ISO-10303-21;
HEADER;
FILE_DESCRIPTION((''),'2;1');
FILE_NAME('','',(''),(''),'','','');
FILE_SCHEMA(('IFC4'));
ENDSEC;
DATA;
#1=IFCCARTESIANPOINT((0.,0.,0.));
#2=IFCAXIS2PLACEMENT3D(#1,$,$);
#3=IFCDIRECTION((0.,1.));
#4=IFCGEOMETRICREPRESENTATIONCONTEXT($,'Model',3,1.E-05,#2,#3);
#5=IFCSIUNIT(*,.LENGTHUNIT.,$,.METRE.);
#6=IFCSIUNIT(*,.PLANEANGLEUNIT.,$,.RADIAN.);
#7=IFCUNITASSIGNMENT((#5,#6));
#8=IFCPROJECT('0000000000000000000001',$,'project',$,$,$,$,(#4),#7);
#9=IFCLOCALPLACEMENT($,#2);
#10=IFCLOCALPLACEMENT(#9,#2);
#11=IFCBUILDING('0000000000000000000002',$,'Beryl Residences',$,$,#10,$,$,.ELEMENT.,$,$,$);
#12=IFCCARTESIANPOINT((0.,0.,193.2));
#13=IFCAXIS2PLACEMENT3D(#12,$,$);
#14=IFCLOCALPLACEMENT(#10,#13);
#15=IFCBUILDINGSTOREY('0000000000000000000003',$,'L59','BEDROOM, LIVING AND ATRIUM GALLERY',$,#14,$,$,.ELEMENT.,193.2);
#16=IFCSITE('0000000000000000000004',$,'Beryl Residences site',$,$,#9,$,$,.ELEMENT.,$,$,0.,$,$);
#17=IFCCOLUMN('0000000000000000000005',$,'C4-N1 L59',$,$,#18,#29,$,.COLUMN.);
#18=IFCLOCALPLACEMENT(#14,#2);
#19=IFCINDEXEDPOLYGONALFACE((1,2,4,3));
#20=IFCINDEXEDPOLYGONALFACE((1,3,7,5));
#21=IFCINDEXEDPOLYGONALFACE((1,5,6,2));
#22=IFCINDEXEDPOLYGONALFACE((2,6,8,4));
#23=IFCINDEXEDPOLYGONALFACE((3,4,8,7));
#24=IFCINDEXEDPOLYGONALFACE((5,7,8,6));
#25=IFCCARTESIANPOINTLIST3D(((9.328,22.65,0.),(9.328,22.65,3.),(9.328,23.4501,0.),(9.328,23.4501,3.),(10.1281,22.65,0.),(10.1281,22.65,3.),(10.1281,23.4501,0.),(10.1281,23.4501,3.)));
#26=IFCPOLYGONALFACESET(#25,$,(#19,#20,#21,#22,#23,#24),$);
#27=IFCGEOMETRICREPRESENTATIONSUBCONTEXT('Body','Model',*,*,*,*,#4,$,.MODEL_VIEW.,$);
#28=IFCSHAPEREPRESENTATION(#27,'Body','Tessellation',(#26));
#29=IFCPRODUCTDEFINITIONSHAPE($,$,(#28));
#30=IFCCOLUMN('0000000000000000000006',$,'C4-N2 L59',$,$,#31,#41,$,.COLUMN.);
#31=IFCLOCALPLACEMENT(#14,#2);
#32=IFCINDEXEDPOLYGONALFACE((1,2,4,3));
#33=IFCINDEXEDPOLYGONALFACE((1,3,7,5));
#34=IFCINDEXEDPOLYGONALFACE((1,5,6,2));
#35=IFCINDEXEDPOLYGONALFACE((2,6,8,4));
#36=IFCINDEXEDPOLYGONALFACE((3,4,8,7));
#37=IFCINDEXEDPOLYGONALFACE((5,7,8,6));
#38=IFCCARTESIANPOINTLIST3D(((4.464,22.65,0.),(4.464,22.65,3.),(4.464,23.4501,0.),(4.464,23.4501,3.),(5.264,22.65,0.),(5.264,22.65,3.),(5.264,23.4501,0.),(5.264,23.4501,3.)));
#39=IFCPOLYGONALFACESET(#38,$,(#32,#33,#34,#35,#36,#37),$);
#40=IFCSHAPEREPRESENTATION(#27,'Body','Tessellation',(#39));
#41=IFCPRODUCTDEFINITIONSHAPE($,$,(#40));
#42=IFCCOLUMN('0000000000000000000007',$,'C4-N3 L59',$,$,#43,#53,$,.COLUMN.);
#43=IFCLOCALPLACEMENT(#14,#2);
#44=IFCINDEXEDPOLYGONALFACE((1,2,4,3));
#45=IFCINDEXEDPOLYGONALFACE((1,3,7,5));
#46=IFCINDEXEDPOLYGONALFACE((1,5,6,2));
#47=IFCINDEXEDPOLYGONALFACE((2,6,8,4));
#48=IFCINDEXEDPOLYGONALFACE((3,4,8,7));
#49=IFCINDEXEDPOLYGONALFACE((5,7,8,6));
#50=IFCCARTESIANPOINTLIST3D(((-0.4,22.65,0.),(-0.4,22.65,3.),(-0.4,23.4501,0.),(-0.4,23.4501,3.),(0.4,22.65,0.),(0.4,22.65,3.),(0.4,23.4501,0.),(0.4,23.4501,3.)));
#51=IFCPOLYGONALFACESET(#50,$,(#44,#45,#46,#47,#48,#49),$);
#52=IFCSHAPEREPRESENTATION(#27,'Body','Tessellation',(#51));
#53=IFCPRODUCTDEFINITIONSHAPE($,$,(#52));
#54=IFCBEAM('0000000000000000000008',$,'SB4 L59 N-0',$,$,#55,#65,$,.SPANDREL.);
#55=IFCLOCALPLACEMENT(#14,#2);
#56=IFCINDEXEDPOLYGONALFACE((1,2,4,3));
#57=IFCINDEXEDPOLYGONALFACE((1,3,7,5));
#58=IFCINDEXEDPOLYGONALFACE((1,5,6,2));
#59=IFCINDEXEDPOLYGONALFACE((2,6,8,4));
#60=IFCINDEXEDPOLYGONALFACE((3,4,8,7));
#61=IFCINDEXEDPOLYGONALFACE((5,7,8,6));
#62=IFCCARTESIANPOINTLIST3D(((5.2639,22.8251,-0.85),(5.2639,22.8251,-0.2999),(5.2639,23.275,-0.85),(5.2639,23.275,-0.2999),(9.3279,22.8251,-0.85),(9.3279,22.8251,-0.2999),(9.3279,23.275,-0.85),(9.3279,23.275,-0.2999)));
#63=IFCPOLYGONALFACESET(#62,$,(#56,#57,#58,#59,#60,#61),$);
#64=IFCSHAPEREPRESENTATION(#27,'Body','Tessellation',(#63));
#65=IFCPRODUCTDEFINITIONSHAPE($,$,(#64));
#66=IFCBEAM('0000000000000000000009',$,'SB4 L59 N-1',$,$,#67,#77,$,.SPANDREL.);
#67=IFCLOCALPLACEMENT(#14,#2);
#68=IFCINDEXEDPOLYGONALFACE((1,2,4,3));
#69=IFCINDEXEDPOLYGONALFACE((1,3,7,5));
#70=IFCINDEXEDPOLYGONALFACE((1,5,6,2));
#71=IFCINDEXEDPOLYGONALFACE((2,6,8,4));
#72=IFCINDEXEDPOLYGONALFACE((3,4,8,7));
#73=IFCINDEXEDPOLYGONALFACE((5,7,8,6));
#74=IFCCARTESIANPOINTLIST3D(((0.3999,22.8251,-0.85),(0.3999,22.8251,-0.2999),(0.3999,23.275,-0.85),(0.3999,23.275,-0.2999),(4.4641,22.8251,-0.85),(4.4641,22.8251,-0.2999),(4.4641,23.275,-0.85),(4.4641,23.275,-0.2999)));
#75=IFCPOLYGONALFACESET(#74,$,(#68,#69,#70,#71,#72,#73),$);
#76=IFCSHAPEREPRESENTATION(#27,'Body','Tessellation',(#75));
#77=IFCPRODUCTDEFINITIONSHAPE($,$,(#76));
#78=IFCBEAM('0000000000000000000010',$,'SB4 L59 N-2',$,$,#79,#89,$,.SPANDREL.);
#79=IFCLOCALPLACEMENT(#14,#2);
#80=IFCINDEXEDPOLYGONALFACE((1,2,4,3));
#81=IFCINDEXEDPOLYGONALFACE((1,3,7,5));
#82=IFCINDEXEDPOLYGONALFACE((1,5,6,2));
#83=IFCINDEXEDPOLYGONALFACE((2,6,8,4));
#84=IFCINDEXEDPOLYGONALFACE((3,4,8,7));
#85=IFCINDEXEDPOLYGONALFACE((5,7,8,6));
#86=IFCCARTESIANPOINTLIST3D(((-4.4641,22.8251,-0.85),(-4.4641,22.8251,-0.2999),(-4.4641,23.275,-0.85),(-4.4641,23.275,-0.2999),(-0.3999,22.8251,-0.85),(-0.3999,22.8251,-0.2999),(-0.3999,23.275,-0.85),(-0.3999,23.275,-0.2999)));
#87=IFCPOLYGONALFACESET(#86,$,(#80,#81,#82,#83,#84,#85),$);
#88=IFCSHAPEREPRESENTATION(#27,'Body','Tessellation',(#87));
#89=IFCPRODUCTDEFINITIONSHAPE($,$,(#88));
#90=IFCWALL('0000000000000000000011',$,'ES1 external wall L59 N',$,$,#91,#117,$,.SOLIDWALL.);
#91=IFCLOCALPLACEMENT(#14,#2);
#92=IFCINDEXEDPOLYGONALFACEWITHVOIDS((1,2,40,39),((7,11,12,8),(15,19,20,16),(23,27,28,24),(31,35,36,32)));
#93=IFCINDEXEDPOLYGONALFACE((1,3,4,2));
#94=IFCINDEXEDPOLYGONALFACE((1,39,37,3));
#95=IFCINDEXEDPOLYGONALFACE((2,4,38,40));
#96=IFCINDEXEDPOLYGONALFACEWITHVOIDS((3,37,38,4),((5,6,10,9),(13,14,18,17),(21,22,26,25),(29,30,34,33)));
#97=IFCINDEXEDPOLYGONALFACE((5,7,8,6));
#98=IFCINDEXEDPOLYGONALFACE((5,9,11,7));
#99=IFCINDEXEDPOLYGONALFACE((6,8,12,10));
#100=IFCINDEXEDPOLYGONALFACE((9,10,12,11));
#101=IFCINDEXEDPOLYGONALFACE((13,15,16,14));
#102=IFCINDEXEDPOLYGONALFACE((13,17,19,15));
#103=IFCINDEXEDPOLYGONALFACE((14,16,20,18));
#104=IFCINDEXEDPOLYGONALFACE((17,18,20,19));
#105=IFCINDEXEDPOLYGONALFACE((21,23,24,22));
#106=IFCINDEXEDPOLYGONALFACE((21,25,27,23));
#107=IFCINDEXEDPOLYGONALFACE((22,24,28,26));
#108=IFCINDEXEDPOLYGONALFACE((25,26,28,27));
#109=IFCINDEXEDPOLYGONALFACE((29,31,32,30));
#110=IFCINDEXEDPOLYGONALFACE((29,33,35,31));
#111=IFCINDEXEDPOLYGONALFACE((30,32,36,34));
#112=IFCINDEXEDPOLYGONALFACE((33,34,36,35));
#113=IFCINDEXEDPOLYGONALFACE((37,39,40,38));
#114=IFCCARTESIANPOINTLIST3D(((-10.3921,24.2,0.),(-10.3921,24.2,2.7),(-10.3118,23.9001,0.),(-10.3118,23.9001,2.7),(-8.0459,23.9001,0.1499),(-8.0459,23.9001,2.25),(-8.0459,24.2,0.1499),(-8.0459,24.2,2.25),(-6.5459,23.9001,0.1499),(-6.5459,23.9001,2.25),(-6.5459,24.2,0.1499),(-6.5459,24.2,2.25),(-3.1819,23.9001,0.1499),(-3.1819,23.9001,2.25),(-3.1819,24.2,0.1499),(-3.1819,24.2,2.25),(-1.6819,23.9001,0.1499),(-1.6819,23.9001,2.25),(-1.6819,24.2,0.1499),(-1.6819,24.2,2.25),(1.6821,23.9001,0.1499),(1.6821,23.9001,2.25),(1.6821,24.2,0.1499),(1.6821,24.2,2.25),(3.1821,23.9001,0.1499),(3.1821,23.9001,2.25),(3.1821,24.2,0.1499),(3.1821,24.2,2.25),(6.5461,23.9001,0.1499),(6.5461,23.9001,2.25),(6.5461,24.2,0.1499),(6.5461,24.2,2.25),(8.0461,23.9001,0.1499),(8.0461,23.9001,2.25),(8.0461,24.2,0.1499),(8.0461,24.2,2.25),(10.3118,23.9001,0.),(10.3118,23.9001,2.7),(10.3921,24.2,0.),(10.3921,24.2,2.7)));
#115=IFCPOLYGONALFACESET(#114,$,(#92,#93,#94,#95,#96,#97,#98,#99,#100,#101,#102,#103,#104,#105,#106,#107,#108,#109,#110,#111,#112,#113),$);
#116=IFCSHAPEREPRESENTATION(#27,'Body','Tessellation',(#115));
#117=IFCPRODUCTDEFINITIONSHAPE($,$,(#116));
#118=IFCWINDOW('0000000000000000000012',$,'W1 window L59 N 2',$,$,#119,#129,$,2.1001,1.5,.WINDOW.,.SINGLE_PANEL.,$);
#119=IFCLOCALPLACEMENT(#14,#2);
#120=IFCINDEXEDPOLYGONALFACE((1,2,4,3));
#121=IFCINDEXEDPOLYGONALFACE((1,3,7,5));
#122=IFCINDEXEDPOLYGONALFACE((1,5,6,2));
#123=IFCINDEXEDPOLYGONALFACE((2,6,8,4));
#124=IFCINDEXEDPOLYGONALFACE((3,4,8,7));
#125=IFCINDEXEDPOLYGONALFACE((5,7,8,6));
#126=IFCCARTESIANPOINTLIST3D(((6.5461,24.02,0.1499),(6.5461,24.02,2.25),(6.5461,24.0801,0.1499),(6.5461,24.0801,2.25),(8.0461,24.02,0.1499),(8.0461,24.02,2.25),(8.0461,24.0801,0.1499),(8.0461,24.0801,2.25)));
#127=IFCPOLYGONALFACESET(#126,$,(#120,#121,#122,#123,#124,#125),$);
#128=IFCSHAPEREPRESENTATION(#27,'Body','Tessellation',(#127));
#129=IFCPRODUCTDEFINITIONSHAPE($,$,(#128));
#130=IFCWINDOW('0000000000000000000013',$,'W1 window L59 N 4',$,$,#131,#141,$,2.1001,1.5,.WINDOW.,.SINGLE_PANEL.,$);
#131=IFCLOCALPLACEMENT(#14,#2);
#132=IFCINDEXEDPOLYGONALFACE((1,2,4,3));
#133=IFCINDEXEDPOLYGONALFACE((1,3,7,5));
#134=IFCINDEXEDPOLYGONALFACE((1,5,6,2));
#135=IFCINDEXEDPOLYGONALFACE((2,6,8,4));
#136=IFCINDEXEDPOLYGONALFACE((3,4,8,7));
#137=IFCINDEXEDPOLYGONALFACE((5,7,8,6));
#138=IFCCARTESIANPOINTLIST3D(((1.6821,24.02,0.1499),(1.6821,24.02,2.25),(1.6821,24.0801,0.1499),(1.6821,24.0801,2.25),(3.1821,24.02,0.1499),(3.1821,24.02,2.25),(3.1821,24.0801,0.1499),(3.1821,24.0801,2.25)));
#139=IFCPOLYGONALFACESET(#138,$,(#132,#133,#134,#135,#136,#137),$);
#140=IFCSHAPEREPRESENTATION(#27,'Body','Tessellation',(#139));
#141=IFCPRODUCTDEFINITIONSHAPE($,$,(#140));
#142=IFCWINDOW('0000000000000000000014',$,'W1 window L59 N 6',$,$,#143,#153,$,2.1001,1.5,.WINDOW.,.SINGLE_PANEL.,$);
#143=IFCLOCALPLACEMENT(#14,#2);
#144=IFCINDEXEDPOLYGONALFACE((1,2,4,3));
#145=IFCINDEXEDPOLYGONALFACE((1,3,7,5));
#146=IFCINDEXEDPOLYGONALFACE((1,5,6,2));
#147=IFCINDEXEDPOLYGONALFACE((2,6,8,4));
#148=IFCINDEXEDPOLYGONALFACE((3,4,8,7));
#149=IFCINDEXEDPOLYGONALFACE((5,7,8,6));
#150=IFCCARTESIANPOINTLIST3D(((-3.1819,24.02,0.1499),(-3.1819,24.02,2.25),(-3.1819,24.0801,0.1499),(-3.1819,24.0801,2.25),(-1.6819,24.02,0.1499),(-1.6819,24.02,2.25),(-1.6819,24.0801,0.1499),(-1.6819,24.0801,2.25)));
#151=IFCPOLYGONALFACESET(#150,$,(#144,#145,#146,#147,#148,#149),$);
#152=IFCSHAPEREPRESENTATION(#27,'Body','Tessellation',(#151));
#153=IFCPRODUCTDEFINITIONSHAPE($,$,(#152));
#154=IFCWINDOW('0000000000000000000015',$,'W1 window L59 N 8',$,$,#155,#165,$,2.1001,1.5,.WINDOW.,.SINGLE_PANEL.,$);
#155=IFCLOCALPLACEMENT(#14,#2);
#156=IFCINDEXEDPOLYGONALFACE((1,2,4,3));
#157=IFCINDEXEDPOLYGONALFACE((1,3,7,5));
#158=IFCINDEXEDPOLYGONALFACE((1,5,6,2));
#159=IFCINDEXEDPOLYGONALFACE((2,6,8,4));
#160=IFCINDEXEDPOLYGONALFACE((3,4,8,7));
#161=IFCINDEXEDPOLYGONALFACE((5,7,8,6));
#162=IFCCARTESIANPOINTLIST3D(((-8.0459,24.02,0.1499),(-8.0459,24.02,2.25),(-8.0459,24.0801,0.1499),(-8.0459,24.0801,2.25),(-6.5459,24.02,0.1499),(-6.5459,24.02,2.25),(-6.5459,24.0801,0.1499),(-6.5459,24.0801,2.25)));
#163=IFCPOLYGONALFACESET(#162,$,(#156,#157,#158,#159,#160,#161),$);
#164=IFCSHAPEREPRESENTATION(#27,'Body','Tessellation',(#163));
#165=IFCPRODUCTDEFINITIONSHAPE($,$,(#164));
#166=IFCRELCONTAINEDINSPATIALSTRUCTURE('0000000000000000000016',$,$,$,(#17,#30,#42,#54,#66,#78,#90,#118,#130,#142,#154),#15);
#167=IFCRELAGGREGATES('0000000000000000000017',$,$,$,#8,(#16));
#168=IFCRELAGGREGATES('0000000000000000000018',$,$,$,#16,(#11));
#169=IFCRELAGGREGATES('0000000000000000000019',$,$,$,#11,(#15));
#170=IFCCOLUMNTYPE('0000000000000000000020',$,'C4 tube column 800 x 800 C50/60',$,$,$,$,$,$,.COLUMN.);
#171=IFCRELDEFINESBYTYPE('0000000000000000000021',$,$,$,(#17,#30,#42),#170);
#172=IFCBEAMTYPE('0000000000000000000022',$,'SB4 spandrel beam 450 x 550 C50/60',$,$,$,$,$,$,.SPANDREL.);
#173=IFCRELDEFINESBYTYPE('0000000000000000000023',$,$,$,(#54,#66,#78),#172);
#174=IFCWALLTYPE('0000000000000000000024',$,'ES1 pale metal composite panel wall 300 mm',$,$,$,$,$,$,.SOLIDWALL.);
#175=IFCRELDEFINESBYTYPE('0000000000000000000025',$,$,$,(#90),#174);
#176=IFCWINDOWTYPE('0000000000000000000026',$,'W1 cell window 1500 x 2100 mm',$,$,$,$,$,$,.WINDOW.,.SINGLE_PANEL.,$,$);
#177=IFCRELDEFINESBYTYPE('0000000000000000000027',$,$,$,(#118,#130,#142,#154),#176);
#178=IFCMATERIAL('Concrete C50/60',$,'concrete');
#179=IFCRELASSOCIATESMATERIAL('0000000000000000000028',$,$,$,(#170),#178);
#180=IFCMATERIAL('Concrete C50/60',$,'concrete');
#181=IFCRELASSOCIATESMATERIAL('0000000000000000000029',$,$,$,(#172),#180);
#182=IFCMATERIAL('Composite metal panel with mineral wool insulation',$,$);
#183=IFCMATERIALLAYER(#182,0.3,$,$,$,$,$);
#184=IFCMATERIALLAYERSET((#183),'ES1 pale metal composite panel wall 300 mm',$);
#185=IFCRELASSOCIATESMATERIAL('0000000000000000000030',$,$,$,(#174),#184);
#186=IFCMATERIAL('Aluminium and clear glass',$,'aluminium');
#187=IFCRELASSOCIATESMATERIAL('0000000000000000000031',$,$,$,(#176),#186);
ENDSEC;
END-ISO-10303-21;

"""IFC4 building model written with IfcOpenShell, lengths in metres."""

from ifc_helpers import new_model, si_unit, direction, frame, frame_2d, origin, origin_2d, place, context, subcontext, project, spatial, polyline, rectangle, outline, extrude, material, layer, layer_set, material_profile, profile_set, type_object, element, fill, save


model = new_model("IFC4")

# Units and contexts
model_context = context("Model", 3, precision=1e-05, world=origin(), true_north=direction((0.0, 1.0)))
body_context = subcontext(model_context, "Body", "Model", "MODEL_VIEW")
ifc_project = project(units=[si_unit("LENGTHUNIT", "METRE"), si_unit("PLANEANGLEUNIT", "RADIAN")], contexts=[model_context])

# Site, building, storey
site_placement = place(None, origin())
site = spatial("IfcSite", under=ifc_project, at=site_placement, Name="Beryl Residences site", CompositionType="ELEMENT", RefElevation=0.0)
building_placement = place(site_placement, origin())
building = spatial("IfcBuilding", under=site, at=building_placement, Name="Beryl Residences", CompositionType="ELEMENT")
storey_placement = place(building_placement, frame((0.0, 0.0, 193.2)))
storey = spatial("IfcBuildingStorey", under=building, at=storey_placement, Name="L59", Description="BEDROOM, LIVING AND ATRIUM GALLERY", CompositionType="ELEMENT", Elevation=193.2)

# Columns
ifc_material_1 = material(Name="Concrete C50/60", Category="concrete")
ifc_material_profile_1 = material_profile(ifc_material_1, rectangle(XDim=0.8, YDim=0.8, at=origin_2d()))
ifc_profile_set_1 = profile_set([ifc_material_profile_1], Name="Concrete C50/60")
column_type = type_object("IfcColumnType", Name="C4 tube column 800 x 800 C50/60", PredefinedType="COLUMN", material=ifc_profile_set_1)
for number, where, z_axis, x_axis, name in (
    (1, (9.728, 23.05, 0.0), (0.0, 0.0, 1.0), (-1.0, 0.0, 0.0), "C4-N1 L59"),
    (2, (4.864, 23.05, 0.0), (0.0, 0.0, 1.0), (-1.0, 0.0, 0.0), "C4-N2 L59"),
    (3, (0.0, 23.05, 0.0), (0.0, 0.0, 1.0), (-1.0, 0.0, 0.0), "C4-N3 L59"),
):
    element("IfcColumn", number, at=place(storey_placement, frame(where, z_axis=z_axis, x_axis=x_axis)), inside=storey, type_object=column_type, Name=name, PredefinedType="COLUMN", context=body_context, shape_type="SweptSolid", body=[
        extrude(rectangle(XDim=0.8, YDim=0.8, at=origin_2d()), origin(), (0.0, 0.0, 1.0), 3.0),
    ])

# Beams
ifc_material_2 = material(Name="Concrete C50/60", Category="concrete")
ifc_material_profile_2 = material_profile(ifc_material_2, rectangle(XDim=0.45, YDim=0.55, at=origin_2d()))
ifc_profile_set_2 = profile_set([ifc_material_profile_2], Name="Concrete C50/60")
beam_type = type_object("IfcBeamType", Name="SB4 spandrel beam 450 x 550 C50/60", PredefinedType="SPANDREL", material=ifc_profile_set_2)
beam_placement = place(storey_placement, frame((9.3279, 23.05, -0.575), z_axis=(-1.0, 0.0, 0.0), x_axis=(0.0, -1.0, 0.0)))
element("IfcBeam", 4, at=beam_placement, inside=storey, type_object=beam_type, Name="SB4 L59 N-0", PredefinedType="SPANDREL", context=body_context, shape_type="SweptSolid", body=[
    extrude(rectangle(XDim=0.45, YDim=0.55, at=origin_2d()), origin(), (0.0, 0.0, 1.0), 4.064),
])
for number, where, z_axis, x_axis, name in (
    (5, (4.4641, 23.05, -0.575), (-1.0, 0.0, 0.0), (0.0, -1.0, 0.0), "SB4 L59 N-1"),
    (6, (-0.3999, 23.05, -0.575), (-1.0, 0.0, 0.0), (0.0, -1.0, 0.0), "SB4 L59 N-2"),
):
    element("IfcBeam", number, at=place(storey_placement, frame(where, z_axis=z_axis, x_axis=x_axis)), inside=storey, type_object=beam_type, Name=name, PredefinedType="SPANDREL", context=body_context, shape_type="SweptSolid", body=[
        extrude(rectangle(XDim=0.45, YDim=0.55, at=origin_2d()), origin(), (0.0, 0.0, 1.0), 4.0642),
    ])

# Wall, openings, windows
ifc_material_3 = material(Name="Composite metal panel with mineral wool insulation")
ifc_layer_1 = layer(ifc_material_3, 0.3)
ifc_layer_set_1 = layer_set([ifc_layer_1], Name="ES1 pale metal composite panel wall 300 mm")
wall_type_1 = type_object("IfcWallType", Name="ES1 pale metal composite panel wall 300 mm", PredefinedType="SOLIDWALL", material=ifc_layer_set_1)
wall_1_placement = place(storey_placement, frame((10.3921, 24.05, 0.0), z_axis=(0.0, 0.0, 1.0), x_axis=(-1.0, 0.0, 0.0)))
wall_1 = element("IfcWall", 7, at=wall_1_placement, inside=storey, type_object=wall_type_1, Name="ES1 external wall L59 N", PredefinedType="SOLIDWALL", context=body_context, shape_type="SweptSolid", body=[
    extrude(outline(polyline([(0.0, -0.1499), (20.7842, -0.1499), (20.7039, 0.1499), (0.0803, 0.1499), (0.0, -0.1499)])), origin(), (0.0, 0.0, 1.0), 2.7),
])
opening_1_placement = place(wall_1_placement, frame((2.3459, 0.0, 0.1499)))
opening_1 = element("IfcOpeningElement", 8, at=opening_1_placement, cuts=wall_1, PredefinedType="OPENING", context=body_context, shape_type="SweptSolid", body=[
    extrude(rectangle(XDim=1.5, YDim=2.1001, at=frame_2d((0.75, 1.05))), frame((0.0, 0.1599, 0.0), z_axis=(0.0, -1.0, 0.0), x_axis=(1.0, 0.0, 0.0)), (0.0, 0.0, 1.0), 0.3201),
])
opening_2_placement = place(wall_1_placement, frame((7.21, 0.0, 0.1499)))
opening_2 = element("IfcOpeningElement", 9, at=opening_2_placement, cuts=wall_1, PredefinedType="OPENING", context=body_context, shape_type="SweptSolid", body=[
    extrude(rectangle(XDim=1.5, YDim=2.1001, at=frame_2d((0.75, 1.05))), frame((0.0, 0.1599, 0.0), z_axis=(0.0, -1.0, 0.0), x_axis=(1.0, 0.0, 0.0)), (0.0, 0.0, 1.0), 0.3201),
])
opening_3_placement = place(wall_1_placement, frame((12.074, 0.0, 0.1499)))
opening_3 = element("IfcOpeningElement", 10, at=opening_3_placement, cuts=wall_1, PredefinedType="OPENING", context=body_context, shape_type="SweptSolid", body=[
    extrude(rectangle(XDim=1.5, YDim=2.1001, at=frame_2d((0.75, 1.05))), frame((0.0, 0.1599, 0.0), z_axis=(0.0, -1.0, 0.0), x_axis=(1.0, 0.0, 0.0)), (0.0, 0.0, 1.0), 0.3201),
])
opening_4_placement = place(wall_1_placement, frame((16.938, 0.0, 0.1499)))
opening_4 = element("IfcOpeningElement", 11, at=opening_4_placement, cuts=wall_1, PredefinedType="OPENING", context=body_context, shape_type="SweptSolid", body=[
    extrude(rectangle(XDim=1.5, YDim=2.1001, at=frame_2d((0.75, 1.05))), frame((0.0, 0.1599, 0.0), z_axis=(0.0, -1.0, 0.0), x_axis=(1.0, 0.0, 0.0)), (0.0, 0.0, 1.0), 0.3201),
])
ifc_material_4 = material(Name="Aluminium and clear glass", Category="aluminium")
window_type = type_object("IfcWindowType", Name="W1 cell window 1500 x 2100 mm", PartitioningType="SINGLE_PANEL", PredefinedType="WINDOW", material=ifc_material_4)
window_1_placement = place(opening_1_placement, origin())
window_1 = element("IfcWindow", 12, at=window_1_placement, inside=storey, type_object=window_type, Name="W1 window L59 N 2", OverallHeight=2.1001, OverallWidth=1.5, PartitioningType="SINGLE_PANEL", PredefinedType="WINDOW", context=body_context, shape_type="SweptSolid", body=[
    extrude(rectangle(XDim=1.5, YDim=2.1001, at=frame_2d((0.75, 1.05))), frame((0.0, 0.03, 0.0), z_axis=(0.0, -1.0, 0.0), x_axis=(1.0, 0.0, 0.0)), (0.0, 0.0, 1.0), 0.0601),
])
fill(opening_1, window_1)
window_2_placement = place(opening_2_placement, origin())
window_2 = element("IfcWindow", 13, at=window_2_placement, inside=storey, type_object=window_type, Name="W1 window L59 N 4", OverallHeight=2.1001, OverallWidth=1.5, PartitioningType="SINGLE_PANEL", PredefinedType="WINDOW", context=body_context, shape_type="SweptSolid", body=[
    extrude(rectangle(XDim=1.5, YDim=2.1001, at=frame_2d((0.75, 1.05))), frame((0.0, 0.03, 0.0), z_axis=(0.0, -1.0, 0.0), x_axis=(1.0, 0.0, 0.0)), (0.0, 0.0, 1.0), 0.0601),
])
fill(opening_2, window_2)
window_3_placement = place(opening_3_placement, origin())
window_3 = element("IfcWindow", 14, at=window_3_placement, inside=storey, type_object=window_type, Name="W1 window L59 N 6", OverallHeight=2.1001, OverallWidth=1.5, PartitioningType="SINGLE_PANEL", PredefinedType="WINDOW", context=body_context, shape_type="SweptSolid", body=[
    extrude(rectangle(XDim=1.5, YDim=2.1001, at=frame_2d((0.75, 1.05))), frame((0.0, 0.03, 0.0), z_axis=(0.0, -1.0, 0.0), x_axis=(1.0, 0.0, 0.0)), (0.0, 0.0, 1.0), 0.0601),
])
fill(opening_3, window_3)
window_4_placement = place(opening_4_placement, origin())
window_4 = element("IfcWindow", 15, at=window_4_placement, inside=storey, type_object=window_type, Name="W1 window L59 N 8", OverallHeight=2.1001, OverallWidth=1.5, PartitioningType="SINGLE_PANEL", PredefinedType="WINDOW", context=body_context, shape_type="SweptSolid", body=[
    extrude(rectangle(XDim=1.5, YDim=2.1001, at=frame_2d((0.75, 1.05))), frame((0.0, 0.03, 0.0), z_axis=(0.0, -1.0, 0.0), x_axis=(1.0, 0.0, 0.0)), (0.0, 0.0, 1.0), 0.0601),
])
fill(opening_4, window_4)

save(model, "model.ifc")
